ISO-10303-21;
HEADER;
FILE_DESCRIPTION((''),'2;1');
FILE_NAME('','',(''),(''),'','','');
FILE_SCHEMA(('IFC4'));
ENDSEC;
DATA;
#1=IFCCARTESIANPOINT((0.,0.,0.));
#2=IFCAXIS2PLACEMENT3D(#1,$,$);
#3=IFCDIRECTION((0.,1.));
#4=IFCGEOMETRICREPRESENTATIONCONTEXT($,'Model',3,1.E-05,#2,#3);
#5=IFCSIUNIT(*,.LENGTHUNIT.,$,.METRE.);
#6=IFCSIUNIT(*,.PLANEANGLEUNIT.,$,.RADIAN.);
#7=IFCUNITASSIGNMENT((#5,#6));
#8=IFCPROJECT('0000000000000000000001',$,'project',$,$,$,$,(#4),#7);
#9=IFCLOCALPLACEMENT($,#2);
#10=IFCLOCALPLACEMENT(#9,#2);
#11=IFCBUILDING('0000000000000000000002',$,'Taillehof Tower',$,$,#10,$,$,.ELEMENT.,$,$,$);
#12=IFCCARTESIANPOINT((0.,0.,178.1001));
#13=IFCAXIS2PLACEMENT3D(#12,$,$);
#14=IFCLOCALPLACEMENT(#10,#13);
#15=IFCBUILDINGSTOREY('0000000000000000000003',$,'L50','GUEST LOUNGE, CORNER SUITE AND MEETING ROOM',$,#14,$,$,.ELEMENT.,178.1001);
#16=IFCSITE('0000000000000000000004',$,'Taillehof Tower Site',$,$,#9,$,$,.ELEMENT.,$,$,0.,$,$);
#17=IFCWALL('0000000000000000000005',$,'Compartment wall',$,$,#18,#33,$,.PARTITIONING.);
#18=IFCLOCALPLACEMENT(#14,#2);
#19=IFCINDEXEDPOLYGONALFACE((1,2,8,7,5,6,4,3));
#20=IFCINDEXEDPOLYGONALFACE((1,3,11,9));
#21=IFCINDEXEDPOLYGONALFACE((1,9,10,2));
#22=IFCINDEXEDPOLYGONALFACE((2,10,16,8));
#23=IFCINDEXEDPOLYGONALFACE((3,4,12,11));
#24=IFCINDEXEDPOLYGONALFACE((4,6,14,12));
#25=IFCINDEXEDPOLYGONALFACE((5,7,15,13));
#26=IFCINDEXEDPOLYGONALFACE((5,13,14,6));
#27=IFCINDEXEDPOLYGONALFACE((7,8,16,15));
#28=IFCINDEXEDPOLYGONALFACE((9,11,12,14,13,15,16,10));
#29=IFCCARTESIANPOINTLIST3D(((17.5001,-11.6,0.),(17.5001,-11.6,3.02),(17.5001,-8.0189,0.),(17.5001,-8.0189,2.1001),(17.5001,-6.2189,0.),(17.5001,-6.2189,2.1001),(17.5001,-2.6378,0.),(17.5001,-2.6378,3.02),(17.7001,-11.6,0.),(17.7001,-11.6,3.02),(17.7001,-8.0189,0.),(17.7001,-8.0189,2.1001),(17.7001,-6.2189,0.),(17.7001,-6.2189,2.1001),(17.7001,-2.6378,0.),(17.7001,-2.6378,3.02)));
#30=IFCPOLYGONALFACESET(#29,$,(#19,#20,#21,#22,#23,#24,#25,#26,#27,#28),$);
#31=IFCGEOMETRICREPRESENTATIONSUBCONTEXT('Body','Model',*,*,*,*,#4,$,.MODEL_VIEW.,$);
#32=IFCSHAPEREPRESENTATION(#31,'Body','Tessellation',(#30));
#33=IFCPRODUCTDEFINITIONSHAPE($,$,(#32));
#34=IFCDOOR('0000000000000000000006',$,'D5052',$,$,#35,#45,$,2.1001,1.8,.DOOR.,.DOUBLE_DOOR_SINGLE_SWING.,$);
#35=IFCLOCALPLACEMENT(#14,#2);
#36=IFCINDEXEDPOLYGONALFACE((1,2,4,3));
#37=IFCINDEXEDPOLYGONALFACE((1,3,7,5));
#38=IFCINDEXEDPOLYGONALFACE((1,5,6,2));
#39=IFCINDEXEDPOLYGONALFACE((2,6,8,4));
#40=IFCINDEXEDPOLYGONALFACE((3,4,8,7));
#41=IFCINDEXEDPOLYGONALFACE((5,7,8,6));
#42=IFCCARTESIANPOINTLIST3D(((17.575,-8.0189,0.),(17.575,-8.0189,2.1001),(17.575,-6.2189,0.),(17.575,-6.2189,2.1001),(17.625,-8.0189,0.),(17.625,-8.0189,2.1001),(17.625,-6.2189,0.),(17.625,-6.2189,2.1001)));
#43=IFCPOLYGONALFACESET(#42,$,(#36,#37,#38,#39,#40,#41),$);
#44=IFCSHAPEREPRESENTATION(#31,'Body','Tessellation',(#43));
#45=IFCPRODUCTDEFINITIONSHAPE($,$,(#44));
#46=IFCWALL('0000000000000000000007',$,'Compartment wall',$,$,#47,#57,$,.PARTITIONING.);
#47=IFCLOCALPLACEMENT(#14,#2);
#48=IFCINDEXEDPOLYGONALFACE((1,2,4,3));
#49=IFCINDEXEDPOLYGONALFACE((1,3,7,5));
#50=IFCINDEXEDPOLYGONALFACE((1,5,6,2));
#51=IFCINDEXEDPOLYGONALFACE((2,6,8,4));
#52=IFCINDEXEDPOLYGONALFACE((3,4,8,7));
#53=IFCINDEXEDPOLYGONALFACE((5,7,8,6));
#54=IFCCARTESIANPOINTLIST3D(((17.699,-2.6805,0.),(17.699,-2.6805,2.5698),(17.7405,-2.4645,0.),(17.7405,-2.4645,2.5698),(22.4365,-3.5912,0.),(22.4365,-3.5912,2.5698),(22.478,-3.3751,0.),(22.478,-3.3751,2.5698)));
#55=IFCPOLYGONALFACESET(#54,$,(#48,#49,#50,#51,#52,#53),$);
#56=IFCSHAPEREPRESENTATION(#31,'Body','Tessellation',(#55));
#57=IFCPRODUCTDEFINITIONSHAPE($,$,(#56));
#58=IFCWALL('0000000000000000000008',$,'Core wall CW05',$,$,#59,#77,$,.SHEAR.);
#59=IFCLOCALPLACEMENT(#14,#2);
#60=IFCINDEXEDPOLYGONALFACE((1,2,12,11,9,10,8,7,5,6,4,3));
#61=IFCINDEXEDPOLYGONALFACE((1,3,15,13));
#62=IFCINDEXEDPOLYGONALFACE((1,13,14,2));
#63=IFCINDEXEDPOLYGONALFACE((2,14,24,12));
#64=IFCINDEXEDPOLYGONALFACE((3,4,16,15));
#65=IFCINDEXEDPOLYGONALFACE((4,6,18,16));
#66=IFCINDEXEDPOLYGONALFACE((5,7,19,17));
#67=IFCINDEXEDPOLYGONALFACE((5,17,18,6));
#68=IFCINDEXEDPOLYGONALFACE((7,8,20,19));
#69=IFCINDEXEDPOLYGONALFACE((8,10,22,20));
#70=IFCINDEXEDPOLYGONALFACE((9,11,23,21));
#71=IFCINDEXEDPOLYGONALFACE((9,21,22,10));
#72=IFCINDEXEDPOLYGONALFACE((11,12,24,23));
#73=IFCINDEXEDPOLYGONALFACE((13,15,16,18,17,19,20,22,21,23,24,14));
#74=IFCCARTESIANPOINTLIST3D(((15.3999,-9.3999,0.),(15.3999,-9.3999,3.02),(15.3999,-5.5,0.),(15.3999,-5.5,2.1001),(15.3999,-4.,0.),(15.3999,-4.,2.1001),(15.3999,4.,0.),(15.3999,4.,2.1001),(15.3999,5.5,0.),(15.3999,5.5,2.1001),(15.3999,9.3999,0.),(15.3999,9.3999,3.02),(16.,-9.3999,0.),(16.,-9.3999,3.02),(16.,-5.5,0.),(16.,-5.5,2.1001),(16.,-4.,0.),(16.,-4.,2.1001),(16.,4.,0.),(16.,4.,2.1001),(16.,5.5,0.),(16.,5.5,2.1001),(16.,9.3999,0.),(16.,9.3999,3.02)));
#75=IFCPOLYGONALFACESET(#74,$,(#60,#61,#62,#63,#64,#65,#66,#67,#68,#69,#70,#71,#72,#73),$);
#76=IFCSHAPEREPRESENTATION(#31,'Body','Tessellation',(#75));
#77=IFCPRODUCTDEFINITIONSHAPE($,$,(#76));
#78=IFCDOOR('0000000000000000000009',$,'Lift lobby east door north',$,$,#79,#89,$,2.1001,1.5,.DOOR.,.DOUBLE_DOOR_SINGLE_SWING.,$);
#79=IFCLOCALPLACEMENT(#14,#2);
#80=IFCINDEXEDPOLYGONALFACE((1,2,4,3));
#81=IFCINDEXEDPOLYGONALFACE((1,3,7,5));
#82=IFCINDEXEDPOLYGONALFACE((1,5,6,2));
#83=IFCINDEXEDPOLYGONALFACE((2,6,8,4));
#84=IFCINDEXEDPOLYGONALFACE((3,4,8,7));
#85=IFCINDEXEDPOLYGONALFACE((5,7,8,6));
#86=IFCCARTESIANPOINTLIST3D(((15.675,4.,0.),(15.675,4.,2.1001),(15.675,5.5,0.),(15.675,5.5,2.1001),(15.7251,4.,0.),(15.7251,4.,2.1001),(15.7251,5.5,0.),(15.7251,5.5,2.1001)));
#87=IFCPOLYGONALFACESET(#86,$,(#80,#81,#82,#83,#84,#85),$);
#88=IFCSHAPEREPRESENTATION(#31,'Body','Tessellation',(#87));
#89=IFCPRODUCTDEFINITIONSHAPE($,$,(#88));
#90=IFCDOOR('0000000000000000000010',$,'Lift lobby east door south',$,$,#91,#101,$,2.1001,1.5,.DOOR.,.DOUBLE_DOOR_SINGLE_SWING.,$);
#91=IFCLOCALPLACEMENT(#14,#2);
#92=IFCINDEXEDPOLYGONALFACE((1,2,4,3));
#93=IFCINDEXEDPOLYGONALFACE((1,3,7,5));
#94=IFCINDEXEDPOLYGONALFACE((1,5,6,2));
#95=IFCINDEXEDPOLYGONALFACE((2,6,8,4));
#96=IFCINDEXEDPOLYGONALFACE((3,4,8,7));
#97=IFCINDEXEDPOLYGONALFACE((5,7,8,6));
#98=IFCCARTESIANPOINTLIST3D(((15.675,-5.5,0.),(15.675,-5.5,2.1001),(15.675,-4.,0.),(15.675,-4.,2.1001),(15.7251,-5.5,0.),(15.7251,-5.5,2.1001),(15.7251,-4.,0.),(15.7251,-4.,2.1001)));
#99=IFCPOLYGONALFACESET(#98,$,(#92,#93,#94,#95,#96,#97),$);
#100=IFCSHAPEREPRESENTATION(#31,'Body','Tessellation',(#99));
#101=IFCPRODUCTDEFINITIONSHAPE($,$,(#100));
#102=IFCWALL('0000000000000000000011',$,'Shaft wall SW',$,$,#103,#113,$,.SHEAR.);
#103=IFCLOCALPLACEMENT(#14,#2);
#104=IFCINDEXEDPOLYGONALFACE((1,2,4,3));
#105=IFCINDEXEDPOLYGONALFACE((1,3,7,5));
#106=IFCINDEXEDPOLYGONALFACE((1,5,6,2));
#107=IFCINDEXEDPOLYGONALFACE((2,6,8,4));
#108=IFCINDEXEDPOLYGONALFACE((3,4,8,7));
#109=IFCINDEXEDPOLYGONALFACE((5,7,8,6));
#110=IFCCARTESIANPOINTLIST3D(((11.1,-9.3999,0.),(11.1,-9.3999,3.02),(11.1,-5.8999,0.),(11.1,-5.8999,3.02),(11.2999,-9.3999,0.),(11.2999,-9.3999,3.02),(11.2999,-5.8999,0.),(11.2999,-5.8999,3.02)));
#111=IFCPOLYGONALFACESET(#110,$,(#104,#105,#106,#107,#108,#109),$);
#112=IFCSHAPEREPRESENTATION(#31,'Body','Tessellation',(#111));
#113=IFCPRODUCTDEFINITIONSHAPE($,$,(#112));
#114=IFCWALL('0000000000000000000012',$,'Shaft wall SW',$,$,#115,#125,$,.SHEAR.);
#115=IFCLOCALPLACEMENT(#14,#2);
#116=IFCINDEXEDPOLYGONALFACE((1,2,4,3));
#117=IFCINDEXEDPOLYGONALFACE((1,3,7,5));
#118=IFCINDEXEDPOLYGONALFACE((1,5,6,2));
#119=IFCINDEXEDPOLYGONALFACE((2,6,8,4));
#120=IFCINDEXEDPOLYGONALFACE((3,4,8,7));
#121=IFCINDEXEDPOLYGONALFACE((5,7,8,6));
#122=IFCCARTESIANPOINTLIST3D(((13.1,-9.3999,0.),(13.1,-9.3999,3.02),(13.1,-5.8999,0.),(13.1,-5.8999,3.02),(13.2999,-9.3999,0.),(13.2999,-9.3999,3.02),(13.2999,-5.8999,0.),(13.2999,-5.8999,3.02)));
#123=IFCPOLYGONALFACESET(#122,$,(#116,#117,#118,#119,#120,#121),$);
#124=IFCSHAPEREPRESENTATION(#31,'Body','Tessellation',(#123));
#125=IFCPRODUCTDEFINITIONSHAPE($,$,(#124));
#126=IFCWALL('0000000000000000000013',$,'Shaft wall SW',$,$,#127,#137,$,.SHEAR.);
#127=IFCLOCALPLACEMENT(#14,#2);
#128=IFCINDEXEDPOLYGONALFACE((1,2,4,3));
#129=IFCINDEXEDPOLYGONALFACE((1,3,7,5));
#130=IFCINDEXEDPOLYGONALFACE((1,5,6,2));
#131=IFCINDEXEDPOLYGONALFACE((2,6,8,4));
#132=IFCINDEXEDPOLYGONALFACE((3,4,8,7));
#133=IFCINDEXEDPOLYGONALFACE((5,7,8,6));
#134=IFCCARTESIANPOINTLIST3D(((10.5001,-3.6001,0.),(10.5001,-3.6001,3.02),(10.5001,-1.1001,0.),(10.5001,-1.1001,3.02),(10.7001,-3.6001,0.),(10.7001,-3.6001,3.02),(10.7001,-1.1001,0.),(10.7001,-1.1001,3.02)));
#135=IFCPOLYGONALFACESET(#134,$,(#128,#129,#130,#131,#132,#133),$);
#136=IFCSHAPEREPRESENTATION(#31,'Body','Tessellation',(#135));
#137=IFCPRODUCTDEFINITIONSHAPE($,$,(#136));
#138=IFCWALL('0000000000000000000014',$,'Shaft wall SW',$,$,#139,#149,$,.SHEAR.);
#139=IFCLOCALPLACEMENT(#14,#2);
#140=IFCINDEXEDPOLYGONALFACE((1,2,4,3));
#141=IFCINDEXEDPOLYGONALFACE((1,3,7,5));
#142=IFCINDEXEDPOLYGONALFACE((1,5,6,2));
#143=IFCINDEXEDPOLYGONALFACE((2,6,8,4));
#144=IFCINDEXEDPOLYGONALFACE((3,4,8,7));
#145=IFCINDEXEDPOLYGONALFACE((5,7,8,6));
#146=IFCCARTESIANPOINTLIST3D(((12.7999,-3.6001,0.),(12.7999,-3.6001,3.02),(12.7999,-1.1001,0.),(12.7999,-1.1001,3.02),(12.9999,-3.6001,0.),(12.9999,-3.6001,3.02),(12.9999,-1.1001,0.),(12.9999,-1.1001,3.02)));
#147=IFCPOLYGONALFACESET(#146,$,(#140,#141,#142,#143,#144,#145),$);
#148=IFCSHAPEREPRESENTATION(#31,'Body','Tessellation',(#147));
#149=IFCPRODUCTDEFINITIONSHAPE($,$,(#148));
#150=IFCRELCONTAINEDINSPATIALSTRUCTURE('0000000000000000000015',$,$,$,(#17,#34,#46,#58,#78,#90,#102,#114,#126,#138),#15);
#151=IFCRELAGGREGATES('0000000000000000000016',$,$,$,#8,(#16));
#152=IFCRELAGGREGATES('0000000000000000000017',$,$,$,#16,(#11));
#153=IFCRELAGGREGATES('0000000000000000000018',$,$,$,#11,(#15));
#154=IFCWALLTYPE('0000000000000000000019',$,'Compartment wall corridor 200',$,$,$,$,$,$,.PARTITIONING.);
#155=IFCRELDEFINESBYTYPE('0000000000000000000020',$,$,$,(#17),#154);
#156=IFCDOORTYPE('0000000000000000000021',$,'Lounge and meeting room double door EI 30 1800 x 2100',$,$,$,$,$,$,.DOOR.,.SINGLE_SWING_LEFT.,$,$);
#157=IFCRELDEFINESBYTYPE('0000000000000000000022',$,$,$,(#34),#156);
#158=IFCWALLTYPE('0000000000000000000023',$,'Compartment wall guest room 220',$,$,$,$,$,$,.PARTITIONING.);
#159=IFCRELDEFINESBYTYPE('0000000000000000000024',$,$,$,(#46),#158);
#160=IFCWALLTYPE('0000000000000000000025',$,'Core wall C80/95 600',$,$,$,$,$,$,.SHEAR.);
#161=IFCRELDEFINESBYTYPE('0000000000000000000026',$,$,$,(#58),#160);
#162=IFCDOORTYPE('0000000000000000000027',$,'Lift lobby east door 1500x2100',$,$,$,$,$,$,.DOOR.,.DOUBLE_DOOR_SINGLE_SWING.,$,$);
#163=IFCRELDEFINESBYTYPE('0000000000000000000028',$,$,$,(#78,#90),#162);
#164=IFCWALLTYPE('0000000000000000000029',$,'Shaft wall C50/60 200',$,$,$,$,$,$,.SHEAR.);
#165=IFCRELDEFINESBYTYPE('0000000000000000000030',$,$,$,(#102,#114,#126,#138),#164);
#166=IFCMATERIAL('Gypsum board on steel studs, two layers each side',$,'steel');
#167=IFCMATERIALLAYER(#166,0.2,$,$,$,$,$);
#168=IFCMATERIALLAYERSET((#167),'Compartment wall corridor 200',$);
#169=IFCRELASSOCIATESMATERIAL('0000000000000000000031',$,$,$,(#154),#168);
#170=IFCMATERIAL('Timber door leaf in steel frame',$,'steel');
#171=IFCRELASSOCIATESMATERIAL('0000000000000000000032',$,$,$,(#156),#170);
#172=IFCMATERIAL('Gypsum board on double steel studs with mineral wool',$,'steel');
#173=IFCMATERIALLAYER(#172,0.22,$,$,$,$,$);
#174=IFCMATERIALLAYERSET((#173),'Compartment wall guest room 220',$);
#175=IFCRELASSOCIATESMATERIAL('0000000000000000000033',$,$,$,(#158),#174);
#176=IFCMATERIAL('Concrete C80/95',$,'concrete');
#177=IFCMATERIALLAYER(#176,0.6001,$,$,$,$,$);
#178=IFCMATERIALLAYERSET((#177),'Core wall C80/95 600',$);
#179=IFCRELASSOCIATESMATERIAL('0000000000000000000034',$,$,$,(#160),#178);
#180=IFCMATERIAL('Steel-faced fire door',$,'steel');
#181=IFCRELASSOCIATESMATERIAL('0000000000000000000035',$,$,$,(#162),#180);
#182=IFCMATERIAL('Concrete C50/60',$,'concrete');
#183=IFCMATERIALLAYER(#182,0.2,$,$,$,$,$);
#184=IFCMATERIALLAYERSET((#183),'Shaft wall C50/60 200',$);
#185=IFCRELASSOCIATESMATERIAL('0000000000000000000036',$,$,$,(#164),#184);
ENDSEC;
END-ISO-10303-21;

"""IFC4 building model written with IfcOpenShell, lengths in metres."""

from ifc_helpers import new_model, si_unit, direction, frame, frame_2d, origin, place, context, subcontext, project, spatial, rectangle, extrude, material, layer, layer_set, type_object, element, fill, save


model = new_model("IFC4")

# Units and contexts
model_context = context("Model", 3, precision=1e-05, world=origin(), true_north=direction((0.0, 1.0)))
body_context = subcontext(model_context, "Body", "Model", "MODEL_VIEW")
ifc_project = project(units=[si_unit("LENGTHUNIT", "METRE"), si_unit("PLANEANGLEUNIT", "RADIAN")], contexts=[model_context])

# Site, building, storey
site_placement = place(None, origin())
site = spatial("IfcSite", under=ifc_project, at=site_placement, Name="Taillehof Tower Site", CompositionType="ELEMENT", RefElevation=0.0)
building_placement = place(site_placement, origin())
building = spatial("IfcBuilding", under=site, at=building_placement, Name="Taillehof Tower", CompositionType="ELEMENT")
storey_placement = place(building_placement, frame((0.0, 0.0, 178.1001)))
storey = spatial("IfcBuildingStorey", under=building, at=storey_placement, Name="L50", Description="GUEST LOUNGE, CORNER SUITE AND MEETING ROOM", CompositionType="ELEMENT", Elevation=178.1001)

# Shared definitions
ifc_material_1 = material(Name="Gypsum board on steel studs, two layers each side", Category="steel")
ifc_layer_1 = layer(ifc_material_1, 0.2)
ifc_layer_set_1 = layer_set([ifc_layer_1], Name="Compartment wall corridor 200")
wall_type_1 = type_object("IfcWallType", Name="Compartment wall corridor 200", PredefinedType="PARTITIONING", material=ifc_layer_set_1)

# Wall, opening, door
wall_1_placement = place(storey_placement, frame((17.6001, -2.6379, 0.0), z_axis=(0.0, 0.0, 1.0), x_axis=(0.0, -1.0, 0.0)))
wall_1 = element("IfcWall", 1, at=wall_1_placement, inside=storey, type_object=wall_type_1, Name="Compartment wall", PredefinedType="PARTITIONING", context=body_context, shape_type="SweptSolid", body=[
    extrude(rectangle(XDim=8.9622, YDim=0.2, at=frame_2d((4.481, 0.0))), origin(), (0.0, 0.0, 1.0), 3.02),
])
opening_1_placement = place(wall_1_placement, frame((3.5811, 0.0, 0.0)))
opening_1 = element("IfcOpeningElement", 2, at=opening_1_placement, cuts=wall_1, PredefinedType="OPENING", context=body_context, shape_type="SweptSolid", body=[
    extrude(rectangle(XDim=1.8, YDim=2.1001, at=frame_2d((0.8999, 1.05))), frame((0.0, 0.1099, 0.0), z_axis=(0.0, -1.0, 0.0), x_axis=(1.0, 0.0, 0.0)), (0.0, 0.0, 1.0), 0.22),
])
ifc_material_2 = material(Name="Timber door leaf in steel frame", Category="steel")
door_type_1 = type_object("IfcDoorType", Name="Lounge and meeting room double door EI 30 1800 x 2100", OperationType="SINGLE_SWING_LEFT", PredefinedType="DOOR", material=ifc_material_2)
door_1_placement = place(opening_1_placement, origin())
door_1 = element("IfcDoor", 3, at=door_1_placement, inside=storey, type_object=door_type_1, Name="D5052", OperationType="DOUBLE_DOOR_SINGLE_SWING", OverallHeight=2.1001, OverallWidth=1.8, PredefinedType="DOOR", context=body_context, shape_type="SweptSolid", body=[
    extrude(rectangle(XDim=1.8, YDim=2.1001, at=frame_2d((0.8999, 1.05))), frame((0.0, 0.0249, 0.0), z_axis=(0.0, -1.0, 0.0), x_axis=(1.0, 0.0, 0.0)), (0.0, 0.0, 1.0), 0.05),
])
fill(opening_1, door_1)

# Wall
ifc_material_3 = material(Name="Gypsum board on double steel studs with mineral wool", Category="steel")
ifc_layer_2 = layer(ifc_material_3, 0.22)
ifc_layer_set_2 = layer_set([ifc_layer_2], Name="Compartment wall guest room 220")
wall_type_2 = type_object("IfcWallType", Name="Compartment wall guest room 220", PredefinedType="PARTITIONING", material=ifc_layer_set_2)
wall_2_placement = place(storey_placement, frame((22.4573, -3.4832, 0.0), z_axis=(0.0, 0.0, 1.0), x_axis=(-0.982023, 0.188763, 0.0)))
element("IfcWall", 4, at=wall_2_placement, inside=storey, type_object=wall_type_2, Name="Compartment wall", PredefinedType="PARTITIONING", context=body_context, shape_type="SweptSolid", body=[
    extrude(rectangle(XDim=4.8242, YDim=0.22, at=frame_2d((2.4121, 0.0))), origin(), (0.0, 0.0, 1.0), 2.5698),
])

# Wall, openings, doors
ifc_material_4 = material(Name="Concrete C80/95", Category="concrete")
ifc_layer_3 = layer(ifc_material_4, 0.6001)
ifc_layer_set_3 = layer_set([ifc_layer_3], Name="Core wall C80/95 600")
wall_type_3 = type_object("IfcWallType", Name="Core wall C80/95 600", PredefinedType="SHEAR", material=ifc_layer_set_3)
wall_3_placement = place(storey_placement, frame((15.7, -9.3999, 0.0), z_axis=(0.0, 0.0, 1.0), x_axis=(0.0, 1.0, 0.0)))
wall_3 = element("IfcWall", 5, at=wall_3_placement, inside=storey, type_object=wall_type_3, Name="Core wall CW05", PredefinedType="SHEAR", context=body_context, shape_type="SweptSolid", body=[
    extrude(rectangle(XDim=18.7998, YDim=0.6001, at=frame_2d((9.3999, 0.0))), origin(), (0.0, 0.0, 1.0), 3.02),
])
opening_2_placement = place(wall_3_placement, frame((13.3999, 0.0, 0.0)))
opening_2 = element("IfcOpeningElement", 6, at=opening_2_placement, cuts=wall_3, PredefinedType="OPENING", context=body_context, shape_type="SweptSolid", body=[
    extrude(rectangle(XDim=1.5, YDim=2.1001, at=frame_2d((0.75, 1.05))), frame((0.0, 0.3101, 0.0), z_axis=(0.0, -1.0, 0.0), x_axis=(1.0, 0.0, 0.0)), (0.0, 0.0, 1.0), 0.6201),
])
opening_3_placement = place(wall_3_placement, frame((3.8999, 0.0, 0.0)))
opening_3 = element("IfcOpeningElement", 7, at=opening_3_placement, cuts=wall_3, PredefinedType="OPENING", context=body_context, shape_type="SweptSolid", body=[
    extrude(rectangle(XDim=1.5, YDim=2.1001, at=frame_2d((0.75, 1.05))), frame((0.0, 0.3101, 0.0), z_axis=(0.0, -1.0, 0.0), x_axis=(1.0, 0.0, 0.0)), (0.0, 0.0, 1.0), 0.6201),
])
ifc_material_5 = material(Name="Steel-faced fire door", Category="steel")
door_type_2 = type_object("IfcDoorType", Name="Lift lobby east door 1500x2100", OperationType="DOUBLE_DOOR_SINGLE_SWING", PredefinedType="DOOR", material=ifc_material_5)
door_2_placement = place(opening_2_placement, origin())
door_2 = element("IfcDoor", 8, at=door_2_placement, inside=storey, type_object=door_type_2, Name="Lift lobby east door north", OperationType="DOUBLE_DOOR_SINGLE_SWING", OverallHeight=2.1001, OverallWidth=1.5, PredefinedType="DOOR", context=body_context, shape_type="SweptSolid", body=[
    extrude(rectangle(XDim=1.5, YDim=2.1001, at=frame_2d((0.75, 1.05))), frame((0.0, 0.0249, 0.0), z_axis=(0.0, -1.0, 0.0), x_axis=(1.0, 0.0, 0.0)), (0.0, 0.0, 1.0), 0.05),
])
fill(opening_2, door_2)
door_3_placement = place(opening_3_placement, origin())
door_3 = element("IfcDoor", 9, at=door_3_placement, inside=storey, type_object=door_type_2, Name="Lift lobby east door south", OperationType="DOUBLE_DOOR_SINGLE_SWING", OverallHeight=2.1001, OverallWidth=1.5, PredefinedType="DOOR", context=body_context, shape_type="SweptSolid", body=[
    extrude(rectangle(XDim=1.5, YDim=2.1001, at=frame_2d((0.75, 1.05))), frame((0.0, 0.0249, 0.0), z_axis=(0.0, -1.0, 0.0), x_axis=(1.0, 0.0, 0.0)), (0.0, 0.0, 1.0), 0.05),
])
fill(opening_3, door_3)

# Walls
ifc_material_6 = material(Name="Concrete C50/60", Category="concrete")
ifc_layer_4 = layer(ifc_material_6, 0.2)
ifc_layer_set_4 = layer_set([ifc_layer_4], Name="Shaft wall C50/60 200")
wall_type_4 = type_object("IfcWallType", Name="Shaft wall C50/60 200", PredefinedType="SHEAR", material=ifc_layer_set_4)
for number, where, z_axis, x_axis, name in (
    (10, (11.2, -9.3999, 0.0), (0.0, 0.0, 1.0), (0.0, 1.0, 0.0), "Shaft wall SW"),
    (11, (13.2, -9.3999, 0.0), (0.0, 0.0, 1.0), (0.0, 1.0, 0.0), "Shaft wall SW"),
):
    element("IfcWall", number, at=place(storey_placement, frame(where, z_axis=z_axis, x_axis=x_axis)), inside=storey, type_object=wall_type_4, Name=name, PredefinedType="SHEAR", context=body_context, shape_type="SweptSolid", body=[
        extrude(rectangle(XDim=3.5, YDim=0.2, at=frame_2d((1.75, 0.0))), origin(), (0.0, 0.0, 1.0), 3.02),
    ])
for number, where, z_axis, x_axis, name in (
    (12, (10.6001, -3.6001, 0.0), (0.0, 0.0, 1.0), (0.0, 1.0, 0.0), "Shaft wall SW"),
    (13, (12.8999, -3.6001, 0.0), (0.0, 0.0, 1.0), (0.0, 1.0, 0.0), "Shaft wall SW"),
):
    element("IfcWall", number, at=place(storey_placement, frame(where, z_axis=z_axis, x_axis=x_axis)), inside=storey, type_object=wall_type_4, Name=name, PredefinedType="SHEAR", context=body_context, shape_type="SweptSolid", body=[
        extrude(rectangle(XDim=2.5, YDim=0.2, at=frame_2d((1.25, 0.0))), origin(), (0.0, 0.0, 1.0), 3.02),
    ])

save(model, "model.ifc")
